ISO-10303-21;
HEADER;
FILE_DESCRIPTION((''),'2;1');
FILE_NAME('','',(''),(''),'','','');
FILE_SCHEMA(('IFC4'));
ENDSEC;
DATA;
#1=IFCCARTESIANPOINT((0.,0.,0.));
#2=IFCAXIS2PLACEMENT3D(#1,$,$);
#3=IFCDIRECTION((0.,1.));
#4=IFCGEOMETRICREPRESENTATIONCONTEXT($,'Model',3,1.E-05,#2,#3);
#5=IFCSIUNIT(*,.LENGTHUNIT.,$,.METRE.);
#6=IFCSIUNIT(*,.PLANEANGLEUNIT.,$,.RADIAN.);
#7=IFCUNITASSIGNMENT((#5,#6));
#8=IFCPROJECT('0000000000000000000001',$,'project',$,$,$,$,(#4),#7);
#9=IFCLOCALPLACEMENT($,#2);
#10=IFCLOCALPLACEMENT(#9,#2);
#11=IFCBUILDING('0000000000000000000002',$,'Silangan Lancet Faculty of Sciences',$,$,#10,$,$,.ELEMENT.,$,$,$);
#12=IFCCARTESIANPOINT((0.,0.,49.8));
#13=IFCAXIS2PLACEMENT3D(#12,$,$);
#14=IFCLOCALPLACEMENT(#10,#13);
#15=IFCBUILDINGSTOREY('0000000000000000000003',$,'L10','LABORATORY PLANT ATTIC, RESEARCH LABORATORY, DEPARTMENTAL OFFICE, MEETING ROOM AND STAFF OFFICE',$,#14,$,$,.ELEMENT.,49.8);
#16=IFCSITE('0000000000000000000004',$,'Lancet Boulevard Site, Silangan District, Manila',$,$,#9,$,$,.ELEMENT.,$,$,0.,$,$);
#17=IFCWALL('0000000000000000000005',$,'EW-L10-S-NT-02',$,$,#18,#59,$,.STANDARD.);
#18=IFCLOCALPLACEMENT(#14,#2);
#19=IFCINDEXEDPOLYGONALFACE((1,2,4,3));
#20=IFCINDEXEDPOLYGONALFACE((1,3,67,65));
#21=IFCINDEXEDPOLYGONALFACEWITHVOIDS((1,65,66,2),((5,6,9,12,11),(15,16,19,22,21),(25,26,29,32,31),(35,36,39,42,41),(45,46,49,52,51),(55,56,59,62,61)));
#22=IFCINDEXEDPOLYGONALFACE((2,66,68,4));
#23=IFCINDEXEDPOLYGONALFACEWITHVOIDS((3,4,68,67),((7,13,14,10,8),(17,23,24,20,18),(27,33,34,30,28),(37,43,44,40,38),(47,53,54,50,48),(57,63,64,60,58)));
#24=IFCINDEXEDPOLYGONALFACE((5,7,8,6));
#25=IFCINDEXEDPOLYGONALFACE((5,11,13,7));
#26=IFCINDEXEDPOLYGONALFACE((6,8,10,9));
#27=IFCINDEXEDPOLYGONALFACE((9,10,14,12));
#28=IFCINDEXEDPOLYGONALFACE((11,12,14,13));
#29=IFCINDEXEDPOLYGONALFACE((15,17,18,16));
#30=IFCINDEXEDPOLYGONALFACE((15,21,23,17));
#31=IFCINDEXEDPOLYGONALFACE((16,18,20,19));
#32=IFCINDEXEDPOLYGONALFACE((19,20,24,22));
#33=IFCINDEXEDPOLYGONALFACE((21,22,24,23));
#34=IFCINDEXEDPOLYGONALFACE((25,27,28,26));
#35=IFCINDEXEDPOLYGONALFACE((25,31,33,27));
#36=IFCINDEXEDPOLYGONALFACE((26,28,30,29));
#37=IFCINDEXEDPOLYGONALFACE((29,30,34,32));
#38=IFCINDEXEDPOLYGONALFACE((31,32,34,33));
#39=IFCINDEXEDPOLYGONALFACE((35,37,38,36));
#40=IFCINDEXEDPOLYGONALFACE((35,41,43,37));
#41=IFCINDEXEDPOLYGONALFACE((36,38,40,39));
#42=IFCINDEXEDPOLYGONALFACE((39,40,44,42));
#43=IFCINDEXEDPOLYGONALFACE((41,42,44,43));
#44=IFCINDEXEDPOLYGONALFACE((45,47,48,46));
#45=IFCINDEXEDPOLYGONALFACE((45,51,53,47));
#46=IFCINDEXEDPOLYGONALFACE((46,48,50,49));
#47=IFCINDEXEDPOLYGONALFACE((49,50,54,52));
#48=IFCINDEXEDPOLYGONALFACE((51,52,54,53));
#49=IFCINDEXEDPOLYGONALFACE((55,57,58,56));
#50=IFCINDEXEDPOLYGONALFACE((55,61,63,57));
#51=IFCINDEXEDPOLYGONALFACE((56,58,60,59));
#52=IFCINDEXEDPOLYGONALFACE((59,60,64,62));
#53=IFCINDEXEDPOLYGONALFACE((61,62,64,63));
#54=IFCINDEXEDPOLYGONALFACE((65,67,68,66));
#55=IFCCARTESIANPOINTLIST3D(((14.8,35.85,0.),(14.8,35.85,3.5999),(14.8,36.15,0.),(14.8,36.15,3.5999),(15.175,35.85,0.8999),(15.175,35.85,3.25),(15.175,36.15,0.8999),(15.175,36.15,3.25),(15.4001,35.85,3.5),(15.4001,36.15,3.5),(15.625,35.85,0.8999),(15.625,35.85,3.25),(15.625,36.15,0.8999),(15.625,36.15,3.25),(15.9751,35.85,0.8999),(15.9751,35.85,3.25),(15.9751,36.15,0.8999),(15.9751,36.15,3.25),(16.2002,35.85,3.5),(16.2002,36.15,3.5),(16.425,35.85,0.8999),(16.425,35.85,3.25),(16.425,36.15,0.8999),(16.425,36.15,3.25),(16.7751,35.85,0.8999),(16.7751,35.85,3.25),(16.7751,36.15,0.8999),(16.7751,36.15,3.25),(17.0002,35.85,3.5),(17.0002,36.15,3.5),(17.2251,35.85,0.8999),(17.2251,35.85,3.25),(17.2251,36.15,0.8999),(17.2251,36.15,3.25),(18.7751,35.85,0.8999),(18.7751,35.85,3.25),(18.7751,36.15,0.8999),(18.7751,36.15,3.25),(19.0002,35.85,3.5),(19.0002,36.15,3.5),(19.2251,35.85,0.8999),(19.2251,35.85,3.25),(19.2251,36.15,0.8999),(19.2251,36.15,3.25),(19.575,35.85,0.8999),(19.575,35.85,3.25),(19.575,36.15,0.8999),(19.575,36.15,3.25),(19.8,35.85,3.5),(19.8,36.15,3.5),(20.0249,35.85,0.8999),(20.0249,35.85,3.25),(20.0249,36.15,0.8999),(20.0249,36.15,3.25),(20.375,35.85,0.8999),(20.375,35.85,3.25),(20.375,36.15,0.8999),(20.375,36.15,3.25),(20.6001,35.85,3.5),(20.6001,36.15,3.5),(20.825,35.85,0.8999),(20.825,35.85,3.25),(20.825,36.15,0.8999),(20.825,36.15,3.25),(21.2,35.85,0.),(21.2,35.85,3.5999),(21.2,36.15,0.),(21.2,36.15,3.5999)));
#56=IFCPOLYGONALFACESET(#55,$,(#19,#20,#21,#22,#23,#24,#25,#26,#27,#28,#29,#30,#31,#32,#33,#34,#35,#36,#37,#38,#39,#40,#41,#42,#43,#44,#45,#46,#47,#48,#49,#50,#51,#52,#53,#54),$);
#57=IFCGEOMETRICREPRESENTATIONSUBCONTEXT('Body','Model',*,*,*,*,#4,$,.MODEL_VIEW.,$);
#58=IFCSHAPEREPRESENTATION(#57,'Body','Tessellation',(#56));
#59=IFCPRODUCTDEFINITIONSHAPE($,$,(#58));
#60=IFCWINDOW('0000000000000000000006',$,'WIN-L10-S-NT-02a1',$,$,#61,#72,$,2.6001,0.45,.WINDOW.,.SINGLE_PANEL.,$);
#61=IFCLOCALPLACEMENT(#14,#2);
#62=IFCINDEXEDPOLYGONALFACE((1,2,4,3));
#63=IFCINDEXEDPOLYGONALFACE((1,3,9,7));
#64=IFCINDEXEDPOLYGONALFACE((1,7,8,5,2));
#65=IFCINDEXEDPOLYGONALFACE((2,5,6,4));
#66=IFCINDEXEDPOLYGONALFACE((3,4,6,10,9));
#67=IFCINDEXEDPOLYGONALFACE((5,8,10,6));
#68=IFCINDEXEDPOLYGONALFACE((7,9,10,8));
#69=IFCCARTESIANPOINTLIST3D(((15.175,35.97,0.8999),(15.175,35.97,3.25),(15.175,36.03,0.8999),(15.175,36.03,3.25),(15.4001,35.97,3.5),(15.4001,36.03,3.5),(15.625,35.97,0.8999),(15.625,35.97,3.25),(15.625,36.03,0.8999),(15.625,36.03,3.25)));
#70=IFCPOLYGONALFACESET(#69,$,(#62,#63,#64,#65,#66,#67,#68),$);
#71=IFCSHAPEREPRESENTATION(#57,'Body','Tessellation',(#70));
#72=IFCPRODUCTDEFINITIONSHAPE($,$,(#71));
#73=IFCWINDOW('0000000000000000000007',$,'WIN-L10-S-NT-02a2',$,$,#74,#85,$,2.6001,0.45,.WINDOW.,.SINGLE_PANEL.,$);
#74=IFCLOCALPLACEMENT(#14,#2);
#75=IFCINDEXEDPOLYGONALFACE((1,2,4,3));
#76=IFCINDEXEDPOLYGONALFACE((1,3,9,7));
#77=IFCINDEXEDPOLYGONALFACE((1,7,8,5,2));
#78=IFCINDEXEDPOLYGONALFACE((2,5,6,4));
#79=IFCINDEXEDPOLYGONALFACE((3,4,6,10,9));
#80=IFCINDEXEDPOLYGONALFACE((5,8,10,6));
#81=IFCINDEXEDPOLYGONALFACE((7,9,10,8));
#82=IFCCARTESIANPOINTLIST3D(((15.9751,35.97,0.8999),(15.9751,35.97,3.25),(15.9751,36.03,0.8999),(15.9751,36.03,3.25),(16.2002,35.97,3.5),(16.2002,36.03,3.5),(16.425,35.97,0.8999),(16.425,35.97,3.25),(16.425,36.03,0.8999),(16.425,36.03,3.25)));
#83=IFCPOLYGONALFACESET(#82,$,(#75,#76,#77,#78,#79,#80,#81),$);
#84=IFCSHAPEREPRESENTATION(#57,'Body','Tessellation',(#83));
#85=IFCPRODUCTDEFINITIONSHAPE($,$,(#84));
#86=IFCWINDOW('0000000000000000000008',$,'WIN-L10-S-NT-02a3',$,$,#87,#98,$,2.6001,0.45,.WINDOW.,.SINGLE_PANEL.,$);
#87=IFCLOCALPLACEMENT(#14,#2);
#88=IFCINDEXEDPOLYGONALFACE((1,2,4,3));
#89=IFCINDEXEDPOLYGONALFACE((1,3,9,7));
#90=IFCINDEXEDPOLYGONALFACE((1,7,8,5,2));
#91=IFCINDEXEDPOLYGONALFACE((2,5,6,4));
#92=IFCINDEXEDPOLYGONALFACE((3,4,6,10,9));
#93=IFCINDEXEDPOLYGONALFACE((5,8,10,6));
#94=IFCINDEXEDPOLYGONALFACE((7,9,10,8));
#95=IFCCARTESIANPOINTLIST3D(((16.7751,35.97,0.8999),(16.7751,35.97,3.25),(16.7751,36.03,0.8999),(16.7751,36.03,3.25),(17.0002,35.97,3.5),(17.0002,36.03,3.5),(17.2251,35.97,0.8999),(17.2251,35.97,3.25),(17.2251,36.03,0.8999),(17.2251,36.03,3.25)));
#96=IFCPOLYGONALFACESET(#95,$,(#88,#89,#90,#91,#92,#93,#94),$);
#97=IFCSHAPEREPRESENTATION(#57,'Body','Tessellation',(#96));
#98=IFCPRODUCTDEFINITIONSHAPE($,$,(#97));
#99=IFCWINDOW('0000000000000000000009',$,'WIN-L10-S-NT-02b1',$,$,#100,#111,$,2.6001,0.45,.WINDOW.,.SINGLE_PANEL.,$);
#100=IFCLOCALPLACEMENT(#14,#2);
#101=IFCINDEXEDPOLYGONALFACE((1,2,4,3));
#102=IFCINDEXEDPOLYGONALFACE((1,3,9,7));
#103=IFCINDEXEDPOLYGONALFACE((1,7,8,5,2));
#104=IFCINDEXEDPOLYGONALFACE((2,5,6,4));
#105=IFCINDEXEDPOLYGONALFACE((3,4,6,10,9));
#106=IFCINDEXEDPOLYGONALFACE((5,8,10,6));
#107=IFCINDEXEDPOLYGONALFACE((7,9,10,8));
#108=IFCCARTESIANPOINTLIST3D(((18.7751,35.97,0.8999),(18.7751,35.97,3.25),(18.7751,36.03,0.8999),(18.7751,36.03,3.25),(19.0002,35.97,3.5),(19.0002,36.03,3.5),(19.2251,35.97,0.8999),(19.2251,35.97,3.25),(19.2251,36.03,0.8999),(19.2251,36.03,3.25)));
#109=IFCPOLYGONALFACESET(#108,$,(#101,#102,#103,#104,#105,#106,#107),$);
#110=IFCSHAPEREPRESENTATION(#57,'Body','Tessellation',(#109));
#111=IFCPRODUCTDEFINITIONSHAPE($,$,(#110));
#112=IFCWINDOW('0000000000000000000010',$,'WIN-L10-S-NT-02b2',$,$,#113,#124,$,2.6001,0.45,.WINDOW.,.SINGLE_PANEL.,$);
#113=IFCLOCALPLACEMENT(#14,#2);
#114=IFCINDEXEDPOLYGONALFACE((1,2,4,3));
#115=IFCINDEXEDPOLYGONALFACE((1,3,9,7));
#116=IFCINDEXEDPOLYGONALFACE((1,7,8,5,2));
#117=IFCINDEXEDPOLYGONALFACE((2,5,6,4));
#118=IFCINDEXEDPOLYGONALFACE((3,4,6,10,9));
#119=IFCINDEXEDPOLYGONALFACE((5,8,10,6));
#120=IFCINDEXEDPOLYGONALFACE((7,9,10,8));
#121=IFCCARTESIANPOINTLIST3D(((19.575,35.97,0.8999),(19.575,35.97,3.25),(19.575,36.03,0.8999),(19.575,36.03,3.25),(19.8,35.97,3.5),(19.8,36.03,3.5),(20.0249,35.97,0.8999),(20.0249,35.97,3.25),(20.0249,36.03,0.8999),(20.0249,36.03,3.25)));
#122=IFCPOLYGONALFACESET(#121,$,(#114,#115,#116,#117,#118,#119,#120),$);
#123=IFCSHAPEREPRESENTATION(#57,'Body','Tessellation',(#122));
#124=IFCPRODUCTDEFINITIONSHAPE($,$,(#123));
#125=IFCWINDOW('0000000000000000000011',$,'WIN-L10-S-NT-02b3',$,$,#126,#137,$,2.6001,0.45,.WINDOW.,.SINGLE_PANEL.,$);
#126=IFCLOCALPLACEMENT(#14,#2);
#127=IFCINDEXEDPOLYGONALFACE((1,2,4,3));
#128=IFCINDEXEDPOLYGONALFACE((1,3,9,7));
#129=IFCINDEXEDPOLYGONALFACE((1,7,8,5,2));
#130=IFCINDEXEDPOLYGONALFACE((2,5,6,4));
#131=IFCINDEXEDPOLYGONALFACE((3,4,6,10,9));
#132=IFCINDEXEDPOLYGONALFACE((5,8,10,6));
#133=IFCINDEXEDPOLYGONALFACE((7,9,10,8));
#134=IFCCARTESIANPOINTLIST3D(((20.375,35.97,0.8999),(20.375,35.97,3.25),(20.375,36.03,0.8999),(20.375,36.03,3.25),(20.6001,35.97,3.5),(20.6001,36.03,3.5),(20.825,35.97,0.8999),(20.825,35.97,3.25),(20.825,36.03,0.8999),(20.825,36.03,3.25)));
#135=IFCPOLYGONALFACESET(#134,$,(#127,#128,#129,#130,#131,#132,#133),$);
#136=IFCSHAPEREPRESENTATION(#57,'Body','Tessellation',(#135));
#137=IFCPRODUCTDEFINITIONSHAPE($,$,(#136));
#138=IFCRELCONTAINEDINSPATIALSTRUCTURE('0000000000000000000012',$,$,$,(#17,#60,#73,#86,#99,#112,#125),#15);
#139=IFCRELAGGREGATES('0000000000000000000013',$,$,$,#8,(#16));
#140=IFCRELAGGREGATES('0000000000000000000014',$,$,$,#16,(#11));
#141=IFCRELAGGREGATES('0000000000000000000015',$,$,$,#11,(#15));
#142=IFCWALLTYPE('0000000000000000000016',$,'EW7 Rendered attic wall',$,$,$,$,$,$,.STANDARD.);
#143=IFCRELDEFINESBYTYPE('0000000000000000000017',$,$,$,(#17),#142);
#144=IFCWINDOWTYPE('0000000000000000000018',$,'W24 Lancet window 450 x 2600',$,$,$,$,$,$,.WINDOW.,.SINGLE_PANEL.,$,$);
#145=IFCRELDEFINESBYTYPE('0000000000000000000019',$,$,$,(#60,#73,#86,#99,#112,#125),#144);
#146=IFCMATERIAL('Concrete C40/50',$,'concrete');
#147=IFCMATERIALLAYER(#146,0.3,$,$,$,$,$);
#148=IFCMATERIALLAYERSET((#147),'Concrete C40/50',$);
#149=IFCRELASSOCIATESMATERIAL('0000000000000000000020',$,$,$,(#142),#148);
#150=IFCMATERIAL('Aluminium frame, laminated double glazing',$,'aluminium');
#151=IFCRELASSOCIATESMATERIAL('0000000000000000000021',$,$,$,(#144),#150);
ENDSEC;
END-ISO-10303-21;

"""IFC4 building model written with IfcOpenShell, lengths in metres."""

from ifc_helpers import new_model, si_unit, direction, frame, frame_2d, origin, place, context, subcontext, project, spatial, polyline, rectangle, outline, extrude, material, layer, layer_set, type_object, element, fill, save


model = new_model("IFC4")

# Units and contexts
model_context = context("Model", 3, precision=1e-05, world=origin(), true_north=direction((0.0, 1.0)))
body_context = subcontext(model_context, "Body", "Model", "MODEL_VIEW")
ifc_project = project(units=[si_unit("LENGTHUNIT", "METRE"), si_unit("PLANEANGLEUNIT", "RADIAN")], contexts=[model_context])

# Site, building, storey
site_placement = place(None, origin())
site = spatial("IfcSite", under=ifc_project, at=site_placement, Name="Lancet Boulevard Site, Silangan District, Manila", CompositionType="ELEMENT", RefElevation=0.0)
building_placement = place(site_placement, origin())
building = spatial("IfcBuilding", under=site, at=building_placement, Name="Silangan Lancet Faculty of Sciences", CompositionType="ELEMENT")
storey_placement = place(building_placement, frame((0.0, 0.0, 49.8)))
storey = spatial("IfcBuildingStorey", under=building, at=storey_placement, Name="L10", Description="LABORATORY PLANT ATTIC, RESEARCH LABORATORY, DEPARTMENTAL OFFICE, MEETING ROOM AND STAFF OFFICE", CompositionType="ELEMENT", Elevation=49.8)

# Wall, openings, windows
ifc_material_1 = material(Name="Concrete C40/50", Category="concrete")
ifc_layer_1 = layer(ifc_material_1, 0.3)
ifc_layer_set_1 = layer_set([ifc_layer_1], Name="Concrete C40/50")
wall_type_1 = type_object("IfcWallType", Name="EW7 Rendered attic wall", PredefinedType="STANDARD", material=ifc_layer_set_1)
wall_1_placement = place(storey_placement, frame((14.8, 36.0, 0.0), z_axis=(0.0, 0.0, 1.0), x_axis=(1.0, 0.0, 0.0)))
wall_1 = element("IfcWall", 1, at=wall_1_placement, inside=storey, type_object=wall_type_1, Name="EW-L10-S-NT-02", PredefinedType="STANDARD", context=body_context, shape_type="SweptSolid", body=[
    extrude(rectangle(XDim=6.3999, YDim=0.3, at=frame_2d((3.2, 0.0))), origin(), (0.0, 0.0, 1.0), 3.5999),
])
opening_1_placement = place(wall_1_placement, frame((0.375, 0.0, 0.8999)))
opening_1 = element("IfcOpeningElement", 2, at=opening_1_placement, cuts=wall_1, PredefinedType="OPENING", context=body_context, shape_type="SweptSolid", body=[
    extrude(outline(polyline([(0.0, 0.0), (0.45, 0.0), (0.45, 2.3501), (0.2251, 2.6001), (0.0, 2.3501), (0.0, 0.0)])), frame((0.0, 0.1599, 0.0), z_axis=(0.0, -1.0, 0.0), x_axis=(1.0, 0.0, 0.0)), (0.0, 0.0, 1.0), 0.3201),
])
opening_2_placement = place(wall_1_placement, frame((1.175, 0.0, 0.8999)))
opening_2 = element("IfcOpeningElement", 3, at=opening_2_placement, cuts=wall_1, PredefinedType="OPENING", context=body_context, shape_type="SweptSolid", body=[
    extrude(outline(polyline([(0.0, 0.0), (0.45, 0.0), (0.45, 2.3501), (0.2251, 2.6001), (0.0, 2.3501), (0.0, 0.0)])), frame((0.0, 0.1599, 0.0), z_axis=(0.0, -1.0, 0.0), x_axis=(1.0, 0.0, 0.0)), (0.0, 0.0, 1.0), 0.3201),
])
opening_3_placement = place(wall_1_placement, frame((1.9751, 0.0, 0.8999)))
opening_3 = element("IfcOpeningElement", 4, at=opening_3_placement, cuts=wall_1, PredefinedType="OPENING", context=body_context, shape_type="SweptSolid", body=[
    extrude(outline(polyline([(0.0, 0.0), (0.45, 0.0), (0.45, 2.3501), (0.2251, 2.6001), (0.0, 2.3501), (0.0, 0.0)])), frame((0.0, 0.1599, 0.0), z_axis=(0.0, -1.0, 0.0), x_axis=(1.0, 0.0, 0.0)), (0.0, 0.0, 1.0), 0.3201),
])
opening_4_placement = place(wall_1_placement, frame((3.9751, 0.0, 0.8999)))
opening_4 = element("IfcOpeningElement", 5, at=opening_4_placement, cuts=wall_1, PredefinedType="OPENING", context=body_context, shape_type="SweptSolid", body=[
    extrude(outline(polyline([(0.0, 0.0), (0.45, 0.0), (0.45, 2.3501), (0.2251, 2.6001), (0.0, 2.3501), (0.0, 0.0)])), frame((0.0, 0.1599, 0.0), z_axis=(0.0, -1.0, 0.0), x_axis=(1.0, 0.0, 0.0)), (0.0, 0.0, 1.0), 0.3201),
])
opening_5_placement = place(wall_1_placement, frame((4.7749, 0.0, 0.8999)))
opening_5 = element("IfcOpeningElement", 6, at=opening_5_placement, cuts=wall_1, PredefinedType="OPENING", context=body_context, shape_type="SweptSolid", body=[
    extrude(outline(polyline([(0.0, 0.0), (0.45, 0.0), (0.45, 2.3501), (0.2251, 2.6001), (0.0, 2.3501), (0.0, 0.0)])), frame((0.0, 0.1599, 0.0), z_axis=(0.0, -1.0, 0.0), x_axis=(1.0, 0.0, 0.0)), (0.0, 0.0, 1.0), 0.3201),
])
opening_6_placement = place(wall_1_placement, frame((5.575, 0.0, 0.8999)))
opening_6 = element("IfcOpeningElement", 7, at=opening_6_placement, cuts=wall_1, PredefinedType="OPENING", context=body_context, shape_type="SweptSolid", body=[
    extrude(outline(polyline([(0.0, 0.0), (0.45, 0.0), (0.45, 2.3501), (0.2251, 2.6001), (0.0, 2.3501), (0.0, 0.0)])), frame((0.0, 0.1599, 0.0), z_axis=(0.0, -1.0, 0.0), x_axis=(1.0, 0.0, 0.0)), (0.0, 0.0, 1.0), 0.3201),
])
ifc_material_2 = material(Name="Aluminium frame, laminated double glazing", Category="aluminium")
window_type = type_object("IfcWindowType", Name="W24 Lancet window 450 x 2600", PartitioningType="SINGLE_PANEL", PredefinedType="WINDOW", material=ifc_material_2)
window_1_placement = place(opening_1_placement, origin())
window_1 = element("IfcWindow", 8, at=window_1_placement, inside=storey, type_object=window_type, Name="WIN-L10-S-NT-02a1", OverallHeight=2.6001, OverallWidth=0.45, PartitioningType="SINGLE_PANEL", PredefinedType="WINDOW", context=body_context, shape_type="SweptSolid", body=[
    extrude(outline(polyline([(0.0, 0.0), (0.45, 0.0), (0.45, 2.3501), (0.2251, 2.6001), (0.0, 2.3501), (0.0, 0.0)])), frame((0.0, 0.03, 0.0), z_axis=(0.0, -1.0, 0.0), x_axis=(1.0, 0.0, 0.0)), (0.0, 0.0, 1.0), 0.0601),
])
fill(opening_1, window_1)
window_2_placement = place(opening_2_placement, origin())
window_2 = element("IfcWindow", 9, at=window_2_placement, inside=storey, type_object=window_type, Name="WIN-L10-S-NT-02a2", OverallHeight=2.6001, OverallWidth=0.45, PartitioningType="SINGLE_PANEL", PredefinedType="WINDOW", context=body_context, shape_type="SweptSolid", body=[
    extrude(outline(polyline([(0.0, 0.0), (0.45, 0.0), (0.45, 2.3501), (0.2251, 2.6001), (0.0, 2.3501), (0.0, 0.0)])), frame((0.0, 0.03, 0.0), z_axis=(0.0, -1.0, 0.0), x_axis=(1.0, 0.0, 0.0)), (0.0, 0.0, 1.0), 0.0601),
])
fill(opening_2, window_2)
window_3_placement = place(opening_3_placement, origin())
window_3 = element("IfcWindow", 10, at=window_3_placement, inside=storey, type_object=window_type, Name="WIN-L10-S-NT-02a3", OverallHeight=2.6001, OverallWidth=0.45, PartitioningType="SINGLE_PANEL", PredefinedType="WINDOW", context=body_context, shape_type="SweptSolid", body=[
    extrude(outline(polyline([(0.0, 0.0), (0.45, 0.0), (0.45, 2.3501), (0.2251, 2.6001), (0.0, 2.3501), (0.0, 0.0)])), frame((0.0, 0.03, 0.0), z_axis=(0.0, -1.0, 0.0), x_axis=(1.0, 0.0, 0.0)), (0.0, 0.0, 1.0), 0.0601),
])
fill(opening_3, window_3)
window_4_placement = place(opening_4_placement, origin())
window_4 = element("IfcWindow", 11, at=window_4_placement, inside=storey, type_object=window_type, Name="WIN-L10-S-NT-02b1", OverallHeight=2.6001, OverallWidth=0.45, PartitioningType="SINGLE_PANEL", PredefinedType="WINDOW", context=body_context, shape_type="SweptSolid", body=[
    extrude(outline(polyline([(0.0, 0.0), (0.45, 0.0), (0.45, 2.3501), (0.2251, 2.6001), (0.0, 2.3501), (0.0, 0.0)])), frame((0.0, 0.03, 0.0), z_axis=(0.0, -1.0, 0.0), x_axis=(1.0, 0.0, 0.0)), (0.0, 0.0, 1.0), 0.0601),
])
fill(opening_4, window_4)
window_5_placement = place(opening_5_placement, origin())
window_5 = element("IfcWindow", 12, at=window_5_placement, inside=storey, type_object=window_type, Name="WIN-L10-S-NT-02b2", OverallHeight=2.6001, OverallWidth=0.45, PartitioningType="SINGLE_PANEL", PredefinedType="WINDOW", context=body_context, shape_type="SweptSolid", body=[
    extrude(outline(polyline([(0.0, 0.0), (0.45, 0.0), (0.45, 2.3501), (0.2251, 2.6001), (0.0, 2.3501), (0.0, 0.0)])), frame((0.0, 0.03, 0.0), z_axis=(0.0, -1.0, 0.0), x_axis=(1.0, 0.0, 0.0)), (0.0, 0.0, 1.0), 0.0601),
])
fill(opening_5, window_5)
window_6_placement = place(opening_6_placement, origin())
window_6 = element("IfcWindow", 13, at=window_6_placement, inside=storey, type_object=window_type, Name="WIN-L10-S-NT-02b3", OverallHeight=2.6001, OverallWidth=0.45, PartitioningType="SINGLE_PANEL", PredefinedType="WINDOW", context=body_context, shape_type="SweptSolid", body=[
    extrude(outline(polyline([(0.0, 0.0), (0.45, 0.0), (0.45, 2.3501), (0.2251, 2.6001), (0.0, 2.3501), (0.0, 0.0)])), frame((0.0, 0.03, 0.0), z_axis=(0.0, -1.0, 0.0), x_axis=(1.0, 0.0, 0.0)), (0.0, 0.0, 1.0), 0.0601),
])
fill(opening_6, window_6)

save(model, "model.ifc")
